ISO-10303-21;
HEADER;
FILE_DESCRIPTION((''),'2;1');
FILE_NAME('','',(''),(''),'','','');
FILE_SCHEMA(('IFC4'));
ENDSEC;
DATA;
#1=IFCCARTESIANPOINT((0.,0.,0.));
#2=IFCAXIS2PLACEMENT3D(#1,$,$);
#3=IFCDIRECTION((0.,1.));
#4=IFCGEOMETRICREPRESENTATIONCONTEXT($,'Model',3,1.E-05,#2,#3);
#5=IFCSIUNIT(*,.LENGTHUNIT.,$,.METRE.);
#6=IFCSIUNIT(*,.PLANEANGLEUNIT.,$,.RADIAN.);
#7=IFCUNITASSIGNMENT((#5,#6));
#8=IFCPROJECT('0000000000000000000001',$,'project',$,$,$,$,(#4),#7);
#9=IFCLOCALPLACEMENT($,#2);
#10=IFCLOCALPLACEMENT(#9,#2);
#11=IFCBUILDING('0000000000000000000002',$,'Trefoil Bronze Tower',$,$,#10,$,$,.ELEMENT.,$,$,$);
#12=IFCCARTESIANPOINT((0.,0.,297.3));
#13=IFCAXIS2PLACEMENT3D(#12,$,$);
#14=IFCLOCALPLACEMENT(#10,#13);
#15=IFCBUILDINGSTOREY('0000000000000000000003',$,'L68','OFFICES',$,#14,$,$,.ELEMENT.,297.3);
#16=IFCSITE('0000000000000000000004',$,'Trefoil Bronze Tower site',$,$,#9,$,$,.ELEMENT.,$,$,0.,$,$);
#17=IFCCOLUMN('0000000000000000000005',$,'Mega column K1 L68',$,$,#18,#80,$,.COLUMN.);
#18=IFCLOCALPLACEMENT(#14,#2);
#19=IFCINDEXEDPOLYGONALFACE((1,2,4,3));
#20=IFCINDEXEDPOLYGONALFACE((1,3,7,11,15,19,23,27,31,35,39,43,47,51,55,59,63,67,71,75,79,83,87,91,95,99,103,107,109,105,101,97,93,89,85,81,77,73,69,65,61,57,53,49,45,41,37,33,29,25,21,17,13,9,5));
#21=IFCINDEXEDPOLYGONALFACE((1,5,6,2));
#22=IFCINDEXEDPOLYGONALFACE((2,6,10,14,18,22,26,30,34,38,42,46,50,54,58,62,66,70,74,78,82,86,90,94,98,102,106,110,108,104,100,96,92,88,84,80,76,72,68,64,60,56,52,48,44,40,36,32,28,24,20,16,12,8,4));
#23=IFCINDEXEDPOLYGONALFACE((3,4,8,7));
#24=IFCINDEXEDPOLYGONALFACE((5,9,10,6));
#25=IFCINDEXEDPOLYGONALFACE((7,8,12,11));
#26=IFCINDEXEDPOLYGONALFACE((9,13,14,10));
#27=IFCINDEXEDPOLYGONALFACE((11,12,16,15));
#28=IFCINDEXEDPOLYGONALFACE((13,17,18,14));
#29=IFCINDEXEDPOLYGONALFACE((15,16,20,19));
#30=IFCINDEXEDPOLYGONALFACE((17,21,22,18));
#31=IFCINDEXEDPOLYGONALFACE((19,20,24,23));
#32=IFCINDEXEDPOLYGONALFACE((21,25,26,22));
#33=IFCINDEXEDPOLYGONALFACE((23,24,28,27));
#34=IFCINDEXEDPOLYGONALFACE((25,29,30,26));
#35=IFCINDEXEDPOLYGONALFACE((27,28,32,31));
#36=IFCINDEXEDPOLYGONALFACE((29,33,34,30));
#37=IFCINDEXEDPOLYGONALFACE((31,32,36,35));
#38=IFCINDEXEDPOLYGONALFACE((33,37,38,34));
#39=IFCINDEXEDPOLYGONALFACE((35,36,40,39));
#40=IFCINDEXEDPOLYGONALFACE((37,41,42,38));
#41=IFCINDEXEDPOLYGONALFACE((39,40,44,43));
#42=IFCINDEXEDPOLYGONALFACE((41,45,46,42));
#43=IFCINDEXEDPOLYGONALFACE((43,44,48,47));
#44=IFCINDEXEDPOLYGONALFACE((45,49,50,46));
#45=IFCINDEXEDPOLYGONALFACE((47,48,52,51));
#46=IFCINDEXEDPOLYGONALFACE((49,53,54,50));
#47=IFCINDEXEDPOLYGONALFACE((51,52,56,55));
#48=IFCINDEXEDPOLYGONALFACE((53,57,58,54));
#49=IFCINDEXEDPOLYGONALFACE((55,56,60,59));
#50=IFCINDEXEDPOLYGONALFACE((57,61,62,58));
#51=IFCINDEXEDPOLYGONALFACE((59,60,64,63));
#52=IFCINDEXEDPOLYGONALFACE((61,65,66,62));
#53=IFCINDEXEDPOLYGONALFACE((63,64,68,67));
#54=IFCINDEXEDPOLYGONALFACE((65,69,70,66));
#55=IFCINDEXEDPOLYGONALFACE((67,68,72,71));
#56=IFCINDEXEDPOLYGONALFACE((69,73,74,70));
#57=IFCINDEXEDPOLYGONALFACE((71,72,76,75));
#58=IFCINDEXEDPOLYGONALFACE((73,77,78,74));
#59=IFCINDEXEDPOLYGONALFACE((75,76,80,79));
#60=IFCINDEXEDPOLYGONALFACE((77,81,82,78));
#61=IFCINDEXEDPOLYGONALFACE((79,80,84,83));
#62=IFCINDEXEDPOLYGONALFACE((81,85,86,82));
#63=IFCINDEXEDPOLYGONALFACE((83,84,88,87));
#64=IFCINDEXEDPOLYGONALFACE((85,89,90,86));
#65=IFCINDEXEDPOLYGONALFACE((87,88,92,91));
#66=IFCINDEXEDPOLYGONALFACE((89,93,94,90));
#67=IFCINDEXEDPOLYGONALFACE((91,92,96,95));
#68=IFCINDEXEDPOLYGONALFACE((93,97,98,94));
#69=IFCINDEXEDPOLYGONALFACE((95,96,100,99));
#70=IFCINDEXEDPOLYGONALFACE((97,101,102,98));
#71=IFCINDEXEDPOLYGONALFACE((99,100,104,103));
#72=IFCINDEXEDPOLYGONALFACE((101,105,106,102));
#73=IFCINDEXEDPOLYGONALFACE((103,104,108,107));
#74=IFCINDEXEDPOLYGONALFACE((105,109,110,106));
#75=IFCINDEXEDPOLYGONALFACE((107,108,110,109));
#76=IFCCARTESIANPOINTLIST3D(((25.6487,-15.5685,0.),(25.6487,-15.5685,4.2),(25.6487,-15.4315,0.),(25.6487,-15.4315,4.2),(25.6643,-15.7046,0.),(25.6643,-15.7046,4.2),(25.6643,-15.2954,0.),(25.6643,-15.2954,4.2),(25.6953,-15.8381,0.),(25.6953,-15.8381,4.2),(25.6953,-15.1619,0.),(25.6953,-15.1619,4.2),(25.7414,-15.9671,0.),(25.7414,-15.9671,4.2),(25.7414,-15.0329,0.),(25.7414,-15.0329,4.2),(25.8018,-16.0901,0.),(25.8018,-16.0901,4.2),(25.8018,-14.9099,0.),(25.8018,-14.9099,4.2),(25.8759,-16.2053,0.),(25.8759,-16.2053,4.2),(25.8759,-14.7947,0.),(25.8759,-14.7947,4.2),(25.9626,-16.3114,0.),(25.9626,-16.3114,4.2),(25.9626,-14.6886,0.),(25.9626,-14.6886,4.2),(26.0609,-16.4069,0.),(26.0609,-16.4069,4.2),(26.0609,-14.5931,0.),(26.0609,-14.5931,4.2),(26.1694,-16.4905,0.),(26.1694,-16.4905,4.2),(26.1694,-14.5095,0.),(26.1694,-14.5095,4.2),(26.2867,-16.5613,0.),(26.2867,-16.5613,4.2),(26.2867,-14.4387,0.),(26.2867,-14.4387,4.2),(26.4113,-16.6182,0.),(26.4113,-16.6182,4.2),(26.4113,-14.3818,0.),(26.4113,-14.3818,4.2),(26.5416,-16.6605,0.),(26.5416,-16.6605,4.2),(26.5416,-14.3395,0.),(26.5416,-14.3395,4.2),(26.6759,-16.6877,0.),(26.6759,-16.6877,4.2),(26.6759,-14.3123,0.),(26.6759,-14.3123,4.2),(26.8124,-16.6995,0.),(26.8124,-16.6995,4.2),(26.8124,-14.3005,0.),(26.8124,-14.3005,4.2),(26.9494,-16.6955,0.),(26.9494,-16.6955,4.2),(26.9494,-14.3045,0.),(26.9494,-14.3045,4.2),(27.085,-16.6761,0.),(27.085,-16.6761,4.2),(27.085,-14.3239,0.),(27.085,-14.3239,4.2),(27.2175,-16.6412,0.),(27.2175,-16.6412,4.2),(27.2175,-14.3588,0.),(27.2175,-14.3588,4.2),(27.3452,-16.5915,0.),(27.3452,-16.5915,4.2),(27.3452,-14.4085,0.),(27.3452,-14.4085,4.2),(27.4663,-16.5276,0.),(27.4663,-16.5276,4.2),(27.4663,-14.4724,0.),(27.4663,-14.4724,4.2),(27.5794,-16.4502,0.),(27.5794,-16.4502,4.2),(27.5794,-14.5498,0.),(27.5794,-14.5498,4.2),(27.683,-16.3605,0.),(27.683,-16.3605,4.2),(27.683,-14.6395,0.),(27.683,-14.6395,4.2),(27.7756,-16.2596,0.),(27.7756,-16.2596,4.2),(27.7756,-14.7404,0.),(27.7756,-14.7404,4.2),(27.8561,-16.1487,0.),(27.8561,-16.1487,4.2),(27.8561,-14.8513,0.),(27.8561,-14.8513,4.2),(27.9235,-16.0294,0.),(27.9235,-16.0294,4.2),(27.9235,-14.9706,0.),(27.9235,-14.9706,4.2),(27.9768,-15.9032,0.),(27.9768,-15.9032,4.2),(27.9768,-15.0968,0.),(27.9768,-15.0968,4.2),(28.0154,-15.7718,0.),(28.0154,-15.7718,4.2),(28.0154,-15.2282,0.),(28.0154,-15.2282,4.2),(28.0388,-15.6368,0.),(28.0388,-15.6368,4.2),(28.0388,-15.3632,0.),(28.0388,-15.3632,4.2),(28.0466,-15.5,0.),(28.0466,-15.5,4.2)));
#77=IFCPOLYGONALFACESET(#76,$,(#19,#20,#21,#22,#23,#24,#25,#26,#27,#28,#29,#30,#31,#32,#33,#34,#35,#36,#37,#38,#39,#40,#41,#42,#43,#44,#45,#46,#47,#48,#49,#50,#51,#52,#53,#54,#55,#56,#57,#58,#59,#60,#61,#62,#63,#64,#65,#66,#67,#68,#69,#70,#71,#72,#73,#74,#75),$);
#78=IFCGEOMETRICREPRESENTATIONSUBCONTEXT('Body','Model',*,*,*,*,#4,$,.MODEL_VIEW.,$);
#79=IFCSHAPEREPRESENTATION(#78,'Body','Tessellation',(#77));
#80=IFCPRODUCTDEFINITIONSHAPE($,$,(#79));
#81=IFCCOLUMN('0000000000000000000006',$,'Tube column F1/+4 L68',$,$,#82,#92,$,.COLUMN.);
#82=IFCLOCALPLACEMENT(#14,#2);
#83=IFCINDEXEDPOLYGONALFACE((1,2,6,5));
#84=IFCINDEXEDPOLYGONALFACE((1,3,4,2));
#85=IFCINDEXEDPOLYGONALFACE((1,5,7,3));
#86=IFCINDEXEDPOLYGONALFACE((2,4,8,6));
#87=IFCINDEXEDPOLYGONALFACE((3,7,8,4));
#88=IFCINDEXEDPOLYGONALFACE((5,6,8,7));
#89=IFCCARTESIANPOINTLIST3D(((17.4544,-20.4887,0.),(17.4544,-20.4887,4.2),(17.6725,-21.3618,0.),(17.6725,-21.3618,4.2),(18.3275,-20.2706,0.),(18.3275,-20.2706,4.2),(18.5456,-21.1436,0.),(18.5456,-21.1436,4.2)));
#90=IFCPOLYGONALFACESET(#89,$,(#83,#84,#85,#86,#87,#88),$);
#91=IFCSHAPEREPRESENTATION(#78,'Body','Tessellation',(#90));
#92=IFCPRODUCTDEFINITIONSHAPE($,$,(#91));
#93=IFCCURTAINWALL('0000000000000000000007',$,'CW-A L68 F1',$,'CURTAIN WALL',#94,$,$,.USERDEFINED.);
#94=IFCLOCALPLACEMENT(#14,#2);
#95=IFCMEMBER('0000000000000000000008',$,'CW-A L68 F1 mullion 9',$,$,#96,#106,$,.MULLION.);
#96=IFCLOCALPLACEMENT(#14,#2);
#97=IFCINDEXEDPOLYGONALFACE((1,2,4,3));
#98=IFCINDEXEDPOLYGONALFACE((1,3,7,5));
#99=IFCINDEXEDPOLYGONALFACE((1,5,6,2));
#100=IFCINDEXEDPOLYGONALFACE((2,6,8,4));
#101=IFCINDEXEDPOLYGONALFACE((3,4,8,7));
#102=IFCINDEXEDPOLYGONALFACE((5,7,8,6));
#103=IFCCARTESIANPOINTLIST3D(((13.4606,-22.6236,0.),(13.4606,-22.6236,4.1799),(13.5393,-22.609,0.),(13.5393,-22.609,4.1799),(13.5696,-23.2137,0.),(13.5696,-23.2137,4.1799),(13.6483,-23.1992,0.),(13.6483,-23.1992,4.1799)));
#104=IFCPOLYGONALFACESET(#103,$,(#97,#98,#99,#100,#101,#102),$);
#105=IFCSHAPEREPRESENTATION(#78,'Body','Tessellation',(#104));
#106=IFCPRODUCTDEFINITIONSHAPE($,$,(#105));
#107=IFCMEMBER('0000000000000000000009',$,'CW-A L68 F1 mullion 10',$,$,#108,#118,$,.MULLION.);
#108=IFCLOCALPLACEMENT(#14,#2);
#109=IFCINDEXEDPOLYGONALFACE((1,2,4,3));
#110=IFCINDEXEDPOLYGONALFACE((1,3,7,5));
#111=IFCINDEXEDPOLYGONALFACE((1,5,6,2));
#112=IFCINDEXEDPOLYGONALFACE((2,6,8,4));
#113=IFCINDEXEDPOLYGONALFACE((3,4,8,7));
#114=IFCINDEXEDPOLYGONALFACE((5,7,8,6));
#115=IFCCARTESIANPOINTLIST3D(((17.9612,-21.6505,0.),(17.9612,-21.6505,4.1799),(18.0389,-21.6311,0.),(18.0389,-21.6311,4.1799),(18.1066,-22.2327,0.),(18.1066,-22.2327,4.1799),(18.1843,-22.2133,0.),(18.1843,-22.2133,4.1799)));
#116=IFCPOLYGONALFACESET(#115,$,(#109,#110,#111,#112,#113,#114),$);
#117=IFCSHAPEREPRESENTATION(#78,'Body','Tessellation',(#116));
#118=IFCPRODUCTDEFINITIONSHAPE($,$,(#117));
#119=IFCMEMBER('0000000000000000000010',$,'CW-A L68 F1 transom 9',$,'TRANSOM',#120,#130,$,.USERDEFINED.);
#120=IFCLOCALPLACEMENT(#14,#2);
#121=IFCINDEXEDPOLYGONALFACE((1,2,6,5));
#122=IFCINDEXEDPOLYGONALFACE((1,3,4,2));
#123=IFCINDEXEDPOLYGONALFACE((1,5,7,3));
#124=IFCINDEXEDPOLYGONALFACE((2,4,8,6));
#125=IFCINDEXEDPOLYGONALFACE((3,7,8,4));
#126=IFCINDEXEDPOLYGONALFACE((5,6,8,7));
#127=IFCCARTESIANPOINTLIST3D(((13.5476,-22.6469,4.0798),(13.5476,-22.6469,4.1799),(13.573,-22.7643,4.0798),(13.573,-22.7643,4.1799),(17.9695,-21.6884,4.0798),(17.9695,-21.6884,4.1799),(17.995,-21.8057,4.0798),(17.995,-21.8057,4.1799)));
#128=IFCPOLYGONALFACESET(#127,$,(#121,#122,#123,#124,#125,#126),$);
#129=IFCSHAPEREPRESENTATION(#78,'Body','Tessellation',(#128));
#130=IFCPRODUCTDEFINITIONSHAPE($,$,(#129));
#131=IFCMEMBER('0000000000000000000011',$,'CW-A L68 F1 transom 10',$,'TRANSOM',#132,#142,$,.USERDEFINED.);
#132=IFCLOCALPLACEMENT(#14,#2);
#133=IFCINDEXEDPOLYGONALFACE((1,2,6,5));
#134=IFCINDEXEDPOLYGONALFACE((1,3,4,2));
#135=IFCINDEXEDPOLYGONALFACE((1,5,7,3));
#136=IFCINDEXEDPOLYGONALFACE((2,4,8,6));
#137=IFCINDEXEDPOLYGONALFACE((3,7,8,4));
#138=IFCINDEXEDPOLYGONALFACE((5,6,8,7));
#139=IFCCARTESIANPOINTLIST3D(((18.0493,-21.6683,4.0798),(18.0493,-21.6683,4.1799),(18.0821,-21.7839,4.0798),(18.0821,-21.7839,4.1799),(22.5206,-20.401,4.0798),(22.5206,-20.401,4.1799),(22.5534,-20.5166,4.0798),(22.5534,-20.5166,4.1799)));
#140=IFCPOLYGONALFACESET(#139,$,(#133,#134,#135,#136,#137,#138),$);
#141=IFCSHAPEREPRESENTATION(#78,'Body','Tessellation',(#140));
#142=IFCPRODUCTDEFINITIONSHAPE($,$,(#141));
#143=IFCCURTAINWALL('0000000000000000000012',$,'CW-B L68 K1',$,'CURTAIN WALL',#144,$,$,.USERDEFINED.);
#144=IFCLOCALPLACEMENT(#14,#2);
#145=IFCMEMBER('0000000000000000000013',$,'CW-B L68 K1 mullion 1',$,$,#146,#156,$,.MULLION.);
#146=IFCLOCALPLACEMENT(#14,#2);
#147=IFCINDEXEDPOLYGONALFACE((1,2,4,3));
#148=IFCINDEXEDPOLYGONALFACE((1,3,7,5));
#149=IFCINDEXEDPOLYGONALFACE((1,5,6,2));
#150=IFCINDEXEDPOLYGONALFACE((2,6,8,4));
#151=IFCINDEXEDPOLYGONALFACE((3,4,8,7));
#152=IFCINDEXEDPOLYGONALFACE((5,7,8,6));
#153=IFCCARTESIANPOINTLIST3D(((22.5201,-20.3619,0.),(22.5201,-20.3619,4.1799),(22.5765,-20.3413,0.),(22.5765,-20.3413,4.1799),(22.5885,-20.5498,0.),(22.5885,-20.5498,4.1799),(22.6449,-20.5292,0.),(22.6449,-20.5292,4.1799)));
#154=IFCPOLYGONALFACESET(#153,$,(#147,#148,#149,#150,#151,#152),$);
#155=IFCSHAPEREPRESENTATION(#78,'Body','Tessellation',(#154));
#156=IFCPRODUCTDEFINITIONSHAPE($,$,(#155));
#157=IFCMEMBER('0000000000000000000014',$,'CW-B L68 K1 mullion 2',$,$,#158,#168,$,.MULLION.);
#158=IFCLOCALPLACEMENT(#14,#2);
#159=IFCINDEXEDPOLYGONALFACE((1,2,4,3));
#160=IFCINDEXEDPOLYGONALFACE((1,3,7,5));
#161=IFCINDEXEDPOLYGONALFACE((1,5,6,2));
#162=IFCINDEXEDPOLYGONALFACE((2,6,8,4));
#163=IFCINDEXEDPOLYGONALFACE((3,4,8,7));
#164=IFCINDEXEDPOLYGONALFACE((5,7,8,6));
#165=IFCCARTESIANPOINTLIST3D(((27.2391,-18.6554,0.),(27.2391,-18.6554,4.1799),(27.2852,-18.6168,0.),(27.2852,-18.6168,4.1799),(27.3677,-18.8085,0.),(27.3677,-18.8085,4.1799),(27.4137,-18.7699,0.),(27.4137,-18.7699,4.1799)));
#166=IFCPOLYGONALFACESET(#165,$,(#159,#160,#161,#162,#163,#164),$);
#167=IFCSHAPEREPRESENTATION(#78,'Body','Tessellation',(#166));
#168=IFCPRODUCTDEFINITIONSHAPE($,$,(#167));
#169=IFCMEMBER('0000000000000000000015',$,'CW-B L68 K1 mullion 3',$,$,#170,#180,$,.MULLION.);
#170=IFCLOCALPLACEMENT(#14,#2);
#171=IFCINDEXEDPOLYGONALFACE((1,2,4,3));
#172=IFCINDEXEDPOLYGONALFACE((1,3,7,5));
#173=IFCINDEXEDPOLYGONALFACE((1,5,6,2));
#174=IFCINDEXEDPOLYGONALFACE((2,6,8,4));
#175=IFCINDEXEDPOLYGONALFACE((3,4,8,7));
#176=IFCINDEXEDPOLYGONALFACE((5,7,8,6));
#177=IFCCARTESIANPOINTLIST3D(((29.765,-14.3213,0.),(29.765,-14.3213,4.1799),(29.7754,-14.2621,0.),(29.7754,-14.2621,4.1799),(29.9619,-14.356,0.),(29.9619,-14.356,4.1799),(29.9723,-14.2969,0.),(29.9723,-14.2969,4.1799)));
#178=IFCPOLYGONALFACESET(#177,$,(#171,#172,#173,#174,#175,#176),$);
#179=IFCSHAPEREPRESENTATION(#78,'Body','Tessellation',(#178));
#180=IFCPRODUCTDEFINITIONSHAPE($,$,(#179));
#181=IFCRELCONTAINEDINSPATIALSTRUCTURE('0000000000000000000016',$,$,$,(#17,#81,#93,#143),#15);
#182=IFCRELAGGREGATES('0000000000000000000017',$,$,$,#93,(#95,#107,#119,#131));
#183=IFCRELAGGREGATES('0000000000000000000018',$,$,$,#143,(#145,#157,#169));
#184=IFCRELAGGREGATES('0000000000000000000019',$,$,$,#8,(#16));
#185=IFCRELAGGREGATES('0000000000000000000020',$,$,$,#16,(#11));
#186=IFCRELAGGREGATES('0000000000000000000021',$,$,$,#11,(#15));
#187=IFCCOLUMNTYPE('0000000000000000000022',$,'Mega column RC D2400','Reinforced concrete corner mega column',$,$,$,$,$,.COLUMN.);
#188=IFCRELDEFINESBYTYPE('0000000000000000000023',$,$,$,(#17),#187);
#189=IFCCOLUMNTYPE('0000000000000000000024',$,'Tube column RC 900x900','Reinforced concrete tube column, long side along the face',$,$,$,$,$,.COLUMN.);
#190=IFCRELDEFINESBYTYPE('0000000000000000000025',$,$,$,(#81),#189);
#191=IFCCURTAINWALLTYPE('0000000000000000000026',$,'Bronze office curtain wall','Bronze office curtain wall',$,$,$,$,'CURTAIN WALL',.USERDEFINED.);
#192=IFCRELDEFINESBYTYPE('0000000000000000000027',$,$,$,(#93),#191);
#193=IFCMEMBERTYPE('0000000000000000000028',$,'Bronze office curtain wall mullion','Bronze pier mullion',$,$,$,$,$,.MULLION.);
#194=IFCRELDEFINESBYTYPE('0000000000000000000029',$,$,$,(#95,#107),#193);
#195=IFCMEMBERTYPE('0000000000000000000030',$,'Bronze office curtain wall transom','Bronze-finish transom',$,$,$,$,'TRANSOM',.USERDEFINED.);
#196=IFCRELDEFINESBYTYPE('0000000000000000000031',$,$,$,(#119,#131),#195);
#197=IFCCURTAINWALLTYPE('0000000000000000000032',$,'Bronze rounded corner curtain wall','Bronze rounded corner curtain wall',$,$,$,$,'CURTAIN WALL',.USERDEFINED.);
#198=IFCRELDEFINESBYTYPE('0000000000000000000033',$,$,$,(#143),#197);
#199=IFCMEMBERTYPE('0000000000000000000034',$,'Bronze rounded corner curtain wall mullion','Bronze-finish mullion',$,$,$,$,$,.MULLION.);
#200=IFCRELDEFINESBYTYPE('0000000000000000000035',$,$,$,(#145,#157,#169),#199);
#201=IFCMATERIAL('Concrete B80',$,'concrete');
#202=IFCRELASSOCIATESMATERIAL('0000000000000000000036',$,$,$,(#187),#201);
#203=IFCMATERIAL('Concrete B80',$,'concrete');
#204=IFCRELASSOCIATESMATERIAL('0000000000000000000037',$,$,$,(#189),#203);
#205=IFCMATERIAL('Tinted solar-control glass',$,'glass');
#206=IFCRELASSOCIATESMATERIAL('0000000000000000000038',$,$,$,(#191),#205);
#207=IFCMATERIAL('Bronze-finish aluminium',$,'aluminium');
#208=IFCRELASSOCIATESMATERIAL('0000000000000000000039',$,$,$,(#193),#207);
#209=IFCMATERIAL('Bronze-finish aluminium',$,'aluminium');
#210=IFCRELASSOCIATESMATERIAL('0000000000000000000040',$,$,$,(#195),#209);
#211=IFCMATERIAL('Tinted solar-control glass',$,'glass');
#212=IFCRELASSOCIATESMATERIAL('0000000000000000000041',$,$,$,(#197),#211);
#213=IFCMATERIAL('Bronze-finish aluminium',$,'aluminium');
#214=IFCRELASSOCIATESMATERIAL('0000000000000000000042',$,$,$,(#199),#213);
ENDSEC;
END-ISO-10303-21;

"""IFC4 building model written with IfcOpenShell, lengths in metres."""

from ifc_helpers import new_model, si_unit, direction, frame, origin, origin_2d, place, context, subcontext, project, spatial, rectangle, circle, extrude, material, material_profile, profile_set, type_object, element, aggregate, save


model = new_model("IFC4")

# Units and contexts
model_context = context("Model", 3, precision=1e-05, world=origin(), true_north=direction((0.0, 1.0)))
body_context = subcontext(model_context, "Body", "Model", "MODEL_VIEW")
ifc_project = project(units=[si_unit("LENGTHUNIT", "METRE"), si_unit("PLANEANGLEUNIT", "RADIAN")], contexts=[model_context])

# Site, building, storey
site_placement = place(None, origin())
site = spatial("IfcSite", under=ifc_project, at=site_placement, Name="Trefoil Bronze Tower site", CompositionType="ELEMENT", RefElevation=0.0)
building_placement = place(site_placement, origin())
building = spatial("IfcBuilding", under=site, at=building_placement, Name="Trefoil Bronze Tower", CompositionType="ELEMENT")
storey_placement = place(building_placement, frame((0.0, 0.0, 297.3)))
storey = spatial("IfcBuildingStorey", under=building, at=storey_placement, Name="L68", Description="OFFICES", CompositionType="ELEMENT", Elevation=297.3)

# Columns
ifc_material_1 = material(Name="Concrete B80", Category="concrete")
ifc_material_profile_1 = material_profile(ifc_material_1, circle(Radius=1.2, at=origin_2d()), Name="RC D2400")
ifc_profile_set_1 = profile_set([ifc_material_profile_1], Name="Concrete B80")
column_type_1 = type_object("IfcColumnType", Name="Mega column RC D2400", Description="Reinforced concrete corner mega column", PredefinedType="COLUMN", material=ifc_profile_set_1)
column_1_placement = place(storey_placement, frame((26.8467, -15.5, 0.0), z_axis=(0.0, 0.0, 1.0), x_axis=(1.0, 0.0, 0.0)))
element("IfcColumn", 1, at=column_1_placement, inside=storey, type_object=column_type_1, Name="Mega column K1 L68", PredefinedType="COLUMN", context=body_context, shape_type="SweptSolid", body=[
    extrude(circle(Radius=1.2, at=origin_2d()), origin(), (0.0, 0.0, 1.0), 4.2),
])
ifc_material_2 = material(Name="Concrete B80", Category="concrete")
ifc_material_profile_2 = material_profile(ifc_material_2, rectangle(XDim=0.8999, YDim=0.8999, at=origin_2d()), Name="RC 900x900")
ifc_profile_set_2 = profile_set([ifc_material_profile_2], Name="Concrete B80")
column_type_2 = type_object("IfcColumnType", Name="Tube column RC 900x900", Description="Reinforced concrete tube column, long side along the face", PredefinedType="COLUMN", material=ifc_profile_set_2)
column_2_placement = place(storey_placement, frame((18.0, -20.8162, 0.0), z_axis=(0.0, 0.0, 1.0), x_axis=(0.970178, 0.242394, 0.0)))
element("IfcColumn", 2, at=column_2_placement, inside=storey, type_object=column_type_2, Name="Tube column F1/+4 L68", PredefinedType="COLUMN", context=body_context, shape_type="SweptSolid", body=[
    extrude(rectangle(XDim=0.8999, YDim=0.8999, at=origin_2d()), origin(), (0.0, 0.0, 1.0), 4.2),
])

# Curtain walls, members
ifc_material_3 = material(Name="Tinted solar-control glass", Category="glass")
curtain_wall_type_1 = type_object("IfcCurtainWallType", Name="Bronze office curtain wall", Description="Bronze office curtain wall", ElementType="CURTAIN WALL", PredefinedType="USERDEFINED", material=ifc_material_3)
curtain_wall_1_placement = place(storey_placement, origin())
curtain_wall_1 = element("IfcCurtainWall", 3, at=curtain_wall_1_placement, inside=storey, type_object=curtain_wall_type_1, Name="CW-A L68 F1", ObjectType="CURTAIN WALL", PredefinedType="USERDEFINED")
ifc_material_4 = material(Name="Bronze-finish aluminium", Category="aluminium")
ifc_material_profile_3 = material_profile(ifc_material_4, rectangle(XDim=0.6001, YDim=0.0801, at=origin_2d()), Name="CW-A mullion")
ifc_profile_set_3 = profile_set([ifc_material_profile_3], Name="Bronze-finish aluminium")
member_type_1 = type_object("IfcMemberType", Name="Bronze office curtain wall mullion", Description="Bronze pier mullion", PredefinedType="MULLION", material=ifc_profile_set_3)
member_1_placement = place(storey_placement, frame((13.5544, -22.9114, 0.0), z_axis=(0.0, 0.0, 1.0), x_axis=(-0.181667, 0.98336, 0.0)))
member_1 = element("IfcMember", 4, at=member_1_placement, type_object=member_type_1, Name="CW-A L68 F1 mullion 9", PredefinedType="MULLION", context=body_context, shape_type="SweptSolid", body=[
    extrude(rectangle(XDim=0.6001, YDim=0.0801, at=origin_2d()), origin(), (0.0, 0.0, 1.0), 4.1799),
])
member_2_placement = place(storey_placement, frame((18.0728, -21.9319, 0.0), z_axis=(0.0, 0.0, 1.0), x_axis=(-0.242394, 0.970178, 0.0)))
member_2 = element("IfcMember", 5, at=member_2_placement, type_object=member_type_1, Name="CW-A L68 F1 mullion 10", PredefinedType="MULLION", context=body_context, shape_type="SweptSolid", body=[
    extrude(rectangle(XDim=0.6001, YDim=0.0801, at=origin_2d()), origin(), (0.0, 0.0, 1.0), 4.1799),
])
ifc_material_5 = material(Name="Bronze-finish aluminium", Category="aluminium")
ifc_material_profile_4 = material_profile(ifc_material_5, rectangle(XDim=0.1201, YDim=0.1001, at=origin_2d()), Name="CW-A transom")
ifc_profile_set_4 = profile_set([ifc_material_profile_4], Name="Bronze-finish aluminium")
member_type_2 = type_object("IfcMemberType", Name="Bronze office curtain wall transom", Description="Bronze-finish transom", ElementType="TRANSOM", PredefinedType="USERDEFINED", material=ifc_profile_set_4)
member_3_placement = place(storey_placement, frame((13.5603, -22.7056, 4.1299), z_axis=(0.977304, 0.211843, 0.0), x_axis=(-0.211843, 0.977304, 0.0)))
member_3 = element("IfcMember", 6, at=member_3_placement, type_object=member_type_2, Name="CW-A L68 F1 transom 9", ObjectType="TRANSOM", PredefinedType="USERDEFINED", context=body_context, shape_type="SweptSolid", body=[
    extrude(rectangle(XDim=0.1201, YDim=0.1001, at=origin_2d()), origin(), (0.0, 0.0, 1.0), 4.5247),
])
member_4_placement = place(storey_placement, frame((18.0657, -21.7261, 4.1299), z_axis=(0.962103, 0.272688, 0.0), x_axis=(-0.272688, 0.962103, 0.0)))
member_4 = element("IfcMember", 7, at=member_4_placement, type_object=member_type_2, Name="CW-A L68 F1 transom 10", ObjectType="TRANSOM", PredefinedType="USERDEFINED", context=body_context, shape_type="SweptSolid", body=[
    extrude(rectangle(XDim=0.1201, YDim=0.1001, at=origin_2d()), origin(), (0.0, 0.0, 1.0), 4.6475),
])
ifc_material_6 = material(Name="Tinted solar-control glass", Category="glass")
curtain_wall_type_2 = type_object("IfcCurtainWallType", Name="Bronze rounded corner curtain wall", Description="Bronze rounded corner curtain wall", ElementType="CURTAIN WALL", PredefinedType="USERDEFINED", material=ifc_material_6)
curtain_wall_2_placement = place(storey_placement, origin())
curtain_wall_2 = element("IfcCurtainWall", 8, at=curtain_wall_2_placement, inside=storey, type_object=curtain_wall_type_2, Name="CW-B L68 K1", ObjectType="CURTAIN WALL", PredefinedType="USERDEFINED")
ifc_material_7 = material(Name="Bronze-finish aluminium", Category="aluminium")
ifc_material_profile_5 = material_profile(ifc_material_7, rectangle(XDim=0.2, YDim=0.0601, at=origin_2d()), Name="CW-B mullion")
ifc_profile_set_5 = profile_set([ifc_material_profile_5], Name="Bronze-finish aluminium")
member_type_3 = type_object("IfcMemberType", Name="Bronze rounded corner curtain wall mullion", Description="Bronze-finish mullion", PredefinedType="MULLION", material=ifc_profile_set_5)
member_5_placement = place(storey_placement, frame((22.5825, -20.4456, 0.0), z_axis=(0.0, 0.0, 1.0), x_axis=(-0.34202, 0.939693, 0.0)))
member_5 = element("IfcMember", 9, at=member_5_placement, type_object=member_type_3, Name="CW-B L68 K1 mullion 1", PredefinedType="MULLION", context=body_context, shape_type="SweptSolid", body=[
    extrude(rectangle(XDim=0.2, YDim=0.0601, at=origin_2d()), origin(), (0.0, 0.0, 1.0), 4.1799),
])
member_6_placement = place(storey_placement, frame((27.3264, -18.7126, 0.0), z_axis=(0.0, 0.0, 1.0), x_axis=(-0.642788, 0.766044, 0.0)))
member_6 = element("IfcMember", 10, at=member_6_placement, type_object=member_type_3, Name="CW-B L68 K1 mullion 2", PredefinedType="MULLION", context=body_context, shape_type="SweptSolid", body=[
    extrude(rectangle(XDim=0.2, YDim=0.0601, at=origin_2d()), origin(), (0.0, 0.0, 1.0), 4.1799),
])
member_7_placement = place(storey_placement, frame((29.8687, -14.3091, 0.0), z_axis=(0.0, 0.0, 1.0), x_axis=(-0.984808, 0.173648, 0.0)))
member_7 = element("IfcMember", 11, at=member_7_placement, type_object=member_type_3, Name="CW-B L68 K1 mullion 3", PredefinedType="MULLION", context=body_context, shape_type="SweptSolid", body=[
    extrude(rectangle(XDim=0.2, YDim=0.0601, at=origin_2d()), origin(), (0.0, 0.0, 1.0), 4.1799),
])

aggregate(curtain_wall_1, [member_1, member_2, member_3, member_4])
aggregate(curtain_wall_2, [member_5, member_6, member_7])

save(model, "model.ifc")
